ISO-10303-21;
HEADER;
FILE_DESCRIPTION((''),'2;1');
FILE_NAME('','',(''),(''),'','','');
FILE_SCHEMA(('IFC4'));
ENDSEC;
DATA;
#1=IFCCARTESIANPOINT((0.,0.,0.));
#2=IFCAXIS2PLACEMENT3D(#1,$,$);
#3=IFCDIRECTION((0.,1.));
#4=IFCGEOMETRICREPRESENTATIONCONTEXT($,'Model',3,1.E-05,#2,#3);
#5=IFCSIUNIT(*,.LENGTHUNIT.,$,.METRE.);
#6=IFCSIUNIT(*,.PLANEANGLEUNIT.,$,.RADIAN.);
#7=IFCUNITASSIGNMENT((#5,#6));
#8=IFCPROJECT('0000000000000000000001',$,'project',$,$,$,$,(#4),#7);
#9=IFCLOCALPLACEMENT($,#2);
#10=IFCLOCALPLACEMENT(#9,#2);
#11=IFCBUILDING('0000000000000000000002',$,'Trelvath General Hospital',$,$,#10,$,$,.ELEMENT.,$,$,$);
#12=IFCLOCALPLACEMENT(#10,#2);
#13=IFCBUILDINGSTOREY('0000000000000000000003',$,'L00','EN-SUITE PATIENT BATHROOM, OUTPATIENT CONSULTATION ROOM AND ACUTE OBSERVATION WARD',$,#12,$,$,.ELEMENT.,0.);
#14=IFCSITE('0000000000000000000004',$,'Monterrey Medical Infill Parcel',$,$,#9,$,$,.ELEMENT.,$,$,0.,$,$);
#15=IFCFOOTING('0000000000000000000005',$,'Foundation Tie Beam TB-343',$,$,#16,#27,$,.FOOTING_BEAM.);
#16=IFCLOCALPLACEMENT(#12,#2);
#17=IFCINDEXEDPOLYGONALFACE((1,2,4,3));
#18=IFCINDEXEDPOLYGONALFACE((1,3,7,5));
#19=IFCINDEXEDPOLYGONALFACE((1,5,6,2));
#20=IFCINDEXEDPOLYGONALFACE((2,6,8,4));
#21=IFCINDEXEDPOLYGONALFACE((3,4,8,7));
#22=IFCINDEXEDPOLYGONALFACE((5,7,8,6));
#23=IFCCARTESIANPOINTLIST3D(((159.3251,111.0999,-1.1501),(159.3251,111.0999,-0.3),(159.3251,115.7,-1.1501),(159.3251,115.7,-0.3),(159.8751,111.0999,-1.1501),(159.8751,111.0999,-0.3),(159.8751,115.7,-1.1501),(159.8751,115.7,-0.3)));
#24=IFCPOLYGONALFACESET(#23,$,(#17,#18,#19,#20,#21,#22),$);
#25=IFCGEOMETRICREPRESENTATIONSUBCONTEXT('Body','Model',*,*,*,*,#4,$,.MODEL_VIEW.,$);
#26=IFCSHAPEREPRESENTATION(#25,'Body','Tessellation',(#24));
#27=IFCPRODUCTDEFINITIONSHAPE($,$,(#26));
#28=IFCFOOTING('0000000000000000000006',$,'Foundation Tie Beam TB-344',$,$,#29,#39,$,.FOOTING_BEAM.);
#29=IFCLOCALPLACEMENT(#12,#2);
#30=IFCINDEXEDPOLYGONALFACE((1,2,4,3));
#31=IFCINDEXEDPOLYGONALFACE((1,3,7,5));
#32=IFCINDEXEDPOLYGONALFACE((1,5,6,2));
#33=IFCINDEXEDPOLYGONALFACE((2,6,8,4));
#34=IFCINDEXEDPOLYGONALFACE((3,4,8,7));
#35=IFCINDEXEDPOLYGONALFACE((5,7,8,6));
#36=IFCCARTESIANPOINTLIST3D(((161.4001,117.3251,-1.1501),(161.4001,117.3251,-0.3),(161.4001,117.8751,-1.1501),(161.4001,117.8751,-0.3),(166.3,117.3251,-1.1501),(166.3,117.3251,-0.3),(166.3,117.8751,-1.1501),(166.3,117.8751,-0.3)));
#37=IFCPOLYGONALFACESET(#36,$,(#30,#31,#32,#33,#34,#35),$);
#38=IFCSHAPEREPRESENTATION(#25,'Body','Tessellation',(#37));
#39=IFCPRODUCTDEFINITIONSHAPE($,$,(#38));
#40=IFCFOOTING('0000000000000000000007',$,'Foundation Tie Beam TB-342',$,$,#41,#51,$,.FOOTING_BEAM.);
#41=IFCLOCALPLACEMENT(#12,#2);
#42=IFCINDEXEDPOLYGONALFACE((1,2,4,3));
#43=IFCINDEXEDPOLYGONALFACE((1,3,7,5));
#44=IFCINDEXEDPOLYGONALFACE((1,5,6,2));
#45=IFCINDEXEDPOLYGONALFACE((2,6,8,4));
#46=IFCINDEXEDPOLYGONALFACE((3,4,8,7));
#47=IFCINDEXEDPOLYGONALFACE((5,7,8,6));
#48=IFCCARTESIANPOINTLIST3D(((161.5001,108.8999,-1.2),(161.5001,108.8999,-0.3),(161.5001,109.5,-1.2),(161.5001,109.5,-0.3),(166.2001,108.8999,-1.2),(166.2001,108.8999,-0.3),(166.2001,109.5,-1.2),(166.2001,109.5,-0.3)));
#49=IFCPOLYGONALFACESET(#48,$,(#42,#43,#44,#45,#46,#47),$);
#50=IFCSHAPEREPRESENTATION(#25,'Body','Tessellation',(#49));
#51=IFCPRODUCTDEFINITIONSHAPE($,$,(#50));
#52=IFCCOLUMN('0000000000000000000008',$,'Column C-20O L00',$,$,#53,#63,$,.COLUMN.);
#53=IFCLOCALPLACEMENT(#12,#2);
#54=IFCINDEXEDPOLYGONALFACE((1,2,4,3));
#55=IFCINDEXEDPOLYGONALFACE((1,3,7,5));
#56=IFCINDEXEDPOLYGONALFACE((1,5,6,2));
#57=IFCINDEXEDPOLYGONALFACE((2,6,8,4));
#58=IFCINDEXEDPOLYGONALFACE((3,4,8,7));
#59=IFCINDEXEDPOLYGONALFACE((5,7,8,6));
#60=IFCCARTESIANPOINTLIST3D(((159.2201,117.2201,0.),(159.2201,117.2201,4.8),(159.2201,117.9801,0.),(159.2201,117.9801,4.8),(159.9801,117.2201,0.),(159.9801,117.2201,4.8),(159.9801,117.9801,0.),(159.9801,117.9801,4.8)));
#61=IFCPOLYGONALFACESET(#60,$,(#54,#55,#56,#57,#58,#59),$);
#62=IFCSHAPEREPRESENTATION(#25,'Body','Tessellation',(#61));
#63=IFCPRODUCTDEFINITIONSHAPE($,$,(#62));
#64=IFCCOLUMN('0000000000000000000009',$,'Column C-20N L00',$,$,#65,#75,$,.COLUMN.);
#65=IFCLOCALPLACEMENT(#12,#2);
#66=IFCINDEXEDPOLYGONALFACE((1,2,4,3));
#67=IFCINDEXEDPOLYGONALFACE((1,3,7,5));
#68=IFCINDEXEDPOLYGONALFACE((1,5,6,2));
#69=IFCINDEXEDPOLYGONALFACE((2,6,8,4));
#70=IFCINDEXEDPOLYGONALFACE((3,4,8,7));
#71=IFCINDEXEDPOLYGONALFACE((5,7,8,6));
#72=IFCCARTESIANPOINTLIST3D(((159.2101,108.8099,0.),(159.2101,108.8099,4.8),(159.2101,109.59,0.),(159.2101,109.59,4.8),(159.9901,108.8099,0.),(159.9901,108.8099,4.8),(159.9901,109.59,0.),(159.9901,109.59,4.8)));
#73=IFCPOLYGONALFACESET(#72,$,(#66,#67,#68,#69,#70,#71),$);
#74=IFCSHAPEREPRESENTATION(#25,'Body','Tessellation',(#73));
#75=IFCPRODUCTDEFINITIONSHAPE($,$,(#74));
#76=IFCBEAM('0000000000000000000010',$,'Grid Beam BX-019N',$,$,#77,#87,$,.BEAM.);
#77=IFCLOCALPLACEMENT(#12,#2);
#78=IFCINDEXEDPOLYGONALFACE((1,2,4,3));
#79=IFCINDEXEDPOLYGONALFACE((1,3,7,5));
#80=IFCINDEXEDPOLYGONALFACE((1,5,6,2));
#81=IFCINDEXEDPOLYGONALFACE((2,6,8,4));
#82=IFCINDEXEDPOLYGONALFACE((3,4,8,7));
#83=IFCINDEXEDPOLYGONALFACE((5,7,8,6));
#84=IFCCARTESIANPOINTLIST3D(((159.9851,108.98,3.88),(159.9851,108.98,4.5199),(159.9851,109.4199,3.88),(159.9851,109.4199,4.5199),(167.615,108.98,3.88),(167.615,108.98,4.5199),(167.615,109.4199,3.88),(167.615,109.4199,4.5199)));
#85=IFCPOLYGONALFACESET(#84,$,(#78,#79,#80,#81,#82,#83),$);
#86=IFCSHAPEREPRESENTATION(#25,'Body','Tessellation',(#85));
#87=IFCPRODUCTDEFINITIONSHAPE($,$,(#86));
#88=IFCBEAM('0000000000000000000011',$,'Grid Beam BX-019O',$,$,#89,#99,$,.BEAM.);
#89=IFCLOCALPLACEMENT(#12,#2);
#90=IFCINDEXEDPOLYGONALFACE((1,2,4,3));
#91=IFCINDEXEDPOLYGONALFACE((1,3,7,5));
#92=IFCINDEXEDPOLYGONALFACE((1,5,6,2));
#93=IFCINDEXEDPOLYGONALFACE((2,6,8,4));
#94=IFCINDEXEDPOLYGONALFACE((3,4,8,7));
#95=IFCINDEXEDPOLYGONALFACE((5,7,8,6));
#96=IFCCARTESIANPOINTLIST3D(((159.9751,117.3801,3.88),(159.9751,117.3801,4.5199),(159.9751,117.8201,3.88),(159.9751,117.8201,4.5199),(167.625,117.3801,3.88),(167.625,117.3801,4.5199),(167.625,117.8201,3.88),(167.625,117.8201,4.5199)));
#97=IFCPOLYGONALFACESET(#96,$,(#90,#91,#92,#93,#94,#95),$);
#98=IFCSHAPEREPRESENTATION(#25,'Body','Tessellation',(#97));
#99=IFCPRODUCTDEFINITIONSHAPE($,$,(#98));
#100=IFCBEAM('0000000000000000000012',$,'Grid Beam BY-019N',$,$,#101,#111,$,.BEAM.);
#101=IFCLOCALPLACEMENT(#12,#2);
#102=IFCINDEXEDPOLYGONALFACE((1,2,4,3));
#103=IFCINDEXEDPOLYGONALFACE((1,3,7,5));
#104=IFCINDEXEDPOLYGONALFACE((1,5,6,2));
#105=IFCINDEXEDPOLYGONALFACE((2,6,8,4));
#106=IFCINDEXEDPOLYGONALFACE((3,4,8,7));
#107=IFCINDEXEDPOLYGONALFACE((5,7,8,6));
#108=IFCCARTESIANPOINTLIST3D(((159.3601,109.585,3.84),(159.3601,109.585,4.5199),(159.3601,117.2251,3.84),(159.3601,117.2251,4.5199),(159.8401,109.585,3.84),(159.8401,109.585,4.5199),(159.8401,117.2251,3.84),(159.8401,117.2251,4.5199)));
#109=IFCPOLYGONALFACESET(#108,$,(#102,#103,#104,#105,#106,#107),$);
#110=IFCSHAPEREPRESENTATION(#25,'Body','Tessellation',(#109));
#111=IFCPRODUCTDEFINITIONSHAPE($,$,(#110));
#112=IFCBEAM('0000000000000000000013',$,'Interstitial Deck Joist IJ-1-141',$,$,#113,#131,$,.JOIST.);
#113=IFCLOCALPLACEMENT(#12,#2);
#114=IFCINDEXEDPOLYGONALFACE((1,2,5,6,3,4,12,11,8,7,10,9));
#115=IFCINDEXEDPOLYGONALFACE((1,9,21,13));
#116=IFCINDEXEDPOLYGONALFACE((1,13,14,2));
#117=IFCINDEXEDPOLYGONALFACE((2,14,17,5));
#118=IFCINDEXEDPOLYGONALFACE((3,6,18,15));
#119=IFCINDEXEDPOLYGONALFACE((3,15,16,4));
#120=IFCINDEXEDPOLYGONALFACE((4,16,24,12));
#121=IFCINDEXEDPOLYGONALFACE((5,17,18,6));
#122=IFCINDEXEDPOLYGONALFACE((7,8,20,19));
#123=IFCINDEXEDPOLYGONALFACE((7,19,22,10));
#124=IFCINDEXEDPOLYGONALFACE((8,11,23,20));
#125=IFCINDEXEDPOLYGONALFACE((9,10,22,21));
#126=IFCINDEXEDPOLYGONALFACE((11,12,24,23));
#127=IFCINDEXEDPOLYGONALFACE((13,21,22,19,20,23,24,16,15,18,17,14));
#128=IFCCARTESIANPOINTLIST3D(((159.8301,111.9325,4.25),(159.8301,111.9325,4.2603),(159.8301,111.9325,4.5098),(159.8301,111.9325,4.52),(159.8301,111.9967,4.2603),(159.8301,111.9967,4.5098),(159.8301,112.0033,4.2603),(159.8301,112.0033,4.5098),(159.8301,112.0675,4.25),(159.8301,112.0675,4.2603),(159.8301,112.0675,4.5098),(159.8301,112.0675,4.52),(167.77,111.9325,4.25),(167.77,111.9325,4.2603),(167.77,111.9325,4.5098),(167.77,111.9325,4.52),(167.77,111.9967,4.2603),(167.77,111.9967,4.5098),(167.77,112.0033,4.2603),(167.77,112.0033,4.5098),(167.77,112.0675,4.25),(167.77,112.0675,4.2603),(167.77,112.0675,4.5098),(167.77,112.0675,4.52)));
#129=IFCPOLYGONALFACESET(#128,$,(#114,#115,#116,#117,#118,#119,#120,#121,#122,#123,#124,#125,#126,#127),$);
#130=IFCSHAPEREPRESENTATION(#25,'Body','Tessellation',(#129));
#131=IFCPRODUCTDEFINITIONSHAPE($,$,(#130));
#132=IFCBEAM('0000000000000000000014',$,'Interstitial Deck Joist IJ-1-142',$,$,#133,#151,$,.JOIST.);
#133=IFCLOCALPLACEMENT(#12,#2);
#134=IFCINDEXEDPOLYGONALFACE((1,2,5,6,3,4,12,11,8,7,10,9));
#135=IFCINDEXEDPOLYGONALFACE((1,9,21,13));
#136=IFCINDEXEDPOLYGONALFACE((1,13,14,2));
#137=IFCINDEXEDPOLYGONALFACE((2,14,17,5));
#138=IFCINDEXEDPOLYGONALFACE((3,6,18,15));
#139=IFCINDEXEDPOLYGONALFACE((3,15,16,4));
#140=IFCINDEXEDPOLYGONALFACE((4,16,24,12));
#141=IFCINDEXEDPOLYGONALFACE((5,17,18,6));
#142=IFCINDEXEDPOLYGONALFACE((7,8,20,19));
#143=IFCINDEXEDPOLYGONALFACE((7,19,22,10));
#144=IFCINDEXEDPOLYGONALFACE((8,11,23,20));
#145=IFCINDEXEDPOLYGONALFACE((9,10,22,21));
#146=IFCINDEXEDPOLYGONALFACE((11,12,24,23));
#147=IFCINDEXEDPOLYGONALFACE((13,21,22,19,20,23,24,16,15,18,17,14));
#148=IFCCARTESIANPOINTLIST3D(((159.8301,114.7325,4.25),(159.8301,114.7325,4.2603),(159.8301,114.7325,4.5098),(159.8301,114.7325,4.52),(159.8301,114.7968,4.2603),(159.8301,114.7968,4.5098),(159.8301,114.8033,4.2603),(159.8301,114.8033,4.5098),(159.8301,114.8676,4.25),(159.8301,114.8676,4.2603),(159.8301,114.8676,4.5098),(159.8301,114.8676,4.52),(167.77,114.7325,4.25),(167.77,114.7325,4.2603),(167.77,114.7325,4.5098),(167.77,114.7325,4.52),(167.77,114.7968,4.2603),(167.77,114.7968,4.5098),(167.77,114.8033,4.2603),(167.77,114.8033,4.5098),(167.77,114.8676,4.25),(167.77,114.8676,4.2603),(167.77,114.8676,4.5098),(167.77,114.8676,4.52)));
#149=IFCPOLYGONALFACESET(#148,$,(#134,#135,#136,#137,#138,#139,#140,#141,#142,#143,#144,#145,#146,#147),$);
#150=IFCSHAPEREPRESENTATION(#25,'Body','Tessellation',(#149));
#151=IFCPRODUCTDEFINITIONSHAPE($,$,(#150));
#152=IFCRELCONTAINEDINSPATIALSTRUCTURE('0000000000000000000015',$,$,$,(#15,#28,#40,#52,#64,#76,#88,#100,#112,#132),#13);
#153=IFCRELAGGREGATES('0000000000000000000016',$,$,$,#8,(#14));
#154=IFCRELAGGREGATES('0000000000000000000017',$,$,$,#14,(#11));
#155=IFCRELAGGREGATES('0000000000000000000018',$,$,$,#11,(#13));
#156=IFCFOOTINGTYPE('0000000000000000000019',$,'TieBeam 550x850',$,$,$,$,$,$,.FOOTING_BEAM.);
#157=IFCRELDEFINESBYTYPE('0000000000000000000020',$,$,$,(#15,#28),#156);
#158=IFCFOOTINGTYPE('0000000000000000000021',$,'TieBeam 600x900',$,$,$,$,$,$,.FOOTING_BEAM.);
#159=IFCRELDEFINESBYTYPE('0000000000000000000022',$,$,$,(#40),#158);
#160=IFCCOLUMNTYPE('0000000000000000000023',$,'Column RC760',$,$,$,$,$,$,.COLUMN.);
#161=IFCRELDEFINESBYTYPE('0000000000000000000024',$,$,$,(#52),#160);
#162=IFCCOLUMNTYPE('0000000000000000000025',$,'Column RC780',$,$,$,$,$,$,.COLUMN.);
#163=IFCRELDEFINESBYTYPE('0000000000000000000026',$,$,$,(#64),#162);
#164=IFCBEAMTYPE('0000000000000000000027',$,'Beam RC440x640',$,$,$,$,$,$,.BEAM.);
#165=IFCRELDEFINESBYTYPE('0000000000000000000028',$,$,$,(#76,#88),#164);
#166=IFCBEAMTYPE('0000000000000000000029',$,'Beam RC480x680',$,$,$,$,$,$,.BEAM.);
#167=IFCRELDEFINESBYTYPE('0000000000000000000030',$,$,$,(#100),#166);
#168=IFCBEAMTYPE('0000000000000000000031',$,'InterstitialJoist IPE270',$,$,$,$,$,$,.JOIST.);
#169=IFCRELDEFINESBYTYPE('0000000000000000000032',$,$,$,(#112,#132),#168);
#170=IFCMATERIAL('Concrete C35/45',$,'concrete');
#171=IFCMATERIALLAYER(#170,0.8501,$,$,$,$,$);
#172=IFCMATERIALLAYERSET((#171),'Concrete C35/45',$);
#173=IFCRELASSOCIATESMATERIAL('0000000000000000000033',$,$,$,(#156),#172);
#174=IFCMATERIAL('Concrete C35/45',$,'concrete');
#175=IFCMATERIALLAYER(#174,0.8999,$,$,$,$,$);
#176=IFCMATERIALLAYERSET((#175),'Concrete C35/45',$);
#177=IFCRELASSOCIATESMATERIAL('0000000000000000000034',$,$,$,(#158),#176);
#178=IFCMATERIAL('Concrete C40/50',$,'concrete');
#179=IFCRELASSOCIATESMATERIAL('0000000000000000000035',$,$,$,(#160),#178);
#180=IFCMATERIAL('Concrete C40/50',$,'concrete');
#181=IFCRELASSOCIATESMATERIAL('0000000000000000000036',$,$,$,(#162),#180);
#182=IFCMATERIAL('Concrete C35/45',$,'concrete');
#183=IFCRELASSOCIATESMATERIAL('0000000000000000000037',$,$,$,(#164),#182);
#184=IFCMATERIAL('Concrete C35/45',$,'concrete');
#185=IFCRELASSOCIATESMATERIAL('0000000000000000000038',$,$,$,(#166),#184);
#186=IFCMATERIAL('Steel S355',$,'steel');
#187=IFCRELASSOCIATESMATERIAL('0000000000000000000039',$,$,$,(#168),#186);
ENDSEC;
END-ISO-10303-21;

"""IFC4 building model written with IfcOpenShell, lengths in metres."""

from ifc_helpers import new_model, si_unit, direction, frame, origin, origin_2d, place, context, subcontext, project, spatial, rectangle, i_section, extrude, material, layer, layer_set, material_profile, profile_set, type_object, element, save


model = new_model("IFC4")

# Units and contexts
model_context = context("Model", 3, precision=1e-05, world=origin(), true_north=direction((0.0, 1.0)))
body_context = subcontext(model_context, "Body", "Model", "MODEL_VIEW")
ifc_project = project(units=[si_unit("LENGTHUNIT", "METRE"), si_unit("PLANEANGLEUNIT", "RADIAN")], contexts=[model_context])

# Site, building, storey
site_placement = place(None, origin())
site = spatial("IfcSite", under=ifc_project, at=site_placement, Name="Monterrey Medical Infill Parcel", CompositionType="ELEMENT", RefElevation=0.0)
building_placement = place(site_placement, origin())
building = spatial("IfcBuilding", under=site, at=building_placement, Name="Trelvath General Hospital", CompositionType="ELEMENT")
storey_placement = place(building_placement, origin())
storey = spatial("IfcBuildingStorey", under=building, at=storey_placement, Name="L00", Description="EN-SUITE PATIENT BATHROOM, OUTPATIENT CONSULTATION ROOM AND ACUTE OBSERVATION WARD", CompositionType="ELEMENT", Elevation=0.0)

# Footings
ifc_material_1 = material(Name="Concrete C35/45", Category="concrete")
ifc_layer_1 = layer(ifc_material_1, 0.8501)
ifc_layer_set_1 = layer_set([ifc_layer_1], Name="Concrete C35/45")
footing_type_1 = type_object("IfcFootingType", Name="TieBeam 550x850", PredefinedType="FOOTING_BEAM", material=ifc_layer_set_1)
footing_1_placement = place(storey_placement, frame((159.6001, 113.3999, -1.1501), z_axis=(0.0, 0.0, 1.0), x_axis=(1.0, 0.0, 0.0)))
element("IfcFooting", 1, at=footing_1_placement, inside=storey, type_object=footing_type_1, Name="Foundation Tie Beam TB-343", PredefinedType="FOOTING_BEAM", context=body_context, shape_type="SweptSolid", body=[
    extrude(rectangle(XDim=0.55, YDim=4.6001, at=origin_2d()), origin(), (0.0, 0.0, 1.0), 0.8501),
])
footing_2_placement = place(storey_placement, frame((163.8501, 117.6001, -1.1501), z_axis=(0.0, 0.0, 1.0), x_axis=(1.0, 0.0, 0.0)))
element("IfcFooting", 2, at=footing_2_placement, inside=storey, type_object=footing_type_1, Name="Foundation Tie Beam TB-344", PredefinedType="FOOTING_BEAM", context=body_context, shape_type="SweptSolid", body=[
    extrude(rectangle(XDim=4.8999, YDim=0.55, at=origin_2d()), origin(), (0.0, 0.0, 1.0), 0.8501),
])
ifc_material_2 = material(Name="Concrete C35/45", Category="concrete")
ifc_layer_2 = layer(ifc_material_2, 0.8999)
ifc_layer_set_2 = layer_set([ifc_layer_2], Name="Concrete C35/45")
footing_type_2 = type_object("IfcFootingType", Name="TieBeam 600x900", PredefinedType="FOOTING_BEAM", material=ifc_layer_set_2)
footing_3_placement = place(storey_placement, frame((163.8501, 109.2, -1.2), z_axis=(0.0, 0.0, 1.0), x_axis=(1.0, 0.0, 0.0)))
element("IfcFooting", 3, at=footing_3_placement, inside=storey, type_object=footing_type_2, Name="Foundation Tie Beam TB-342", PredefinedType="FOOTING_BEAM", context=body_context, shape_type="SweptSolid", body=[
    extrude(rectangle(XDim=4.7, YDim=0.6001, at=origin_2d()), origin(), (0.0, 0.0, 1.0), 0.8999),
])

# Columns
ifc_material_3 = material(Name="Concrete C40/50", Category="concrete")
ifc_material_profile_1 = material_profile(ifc_material_3, rectangle(XDim=0.76, YDim=0.76, at=origin_2d()), Name="RC760x760")
ifc_profile_set_1 = profile_set([ifc_material_profile_1], Name="Concrete C40/50")
column_type_1 = type_object("IfcColumnType", Name="Column RC760", PredefinedType="COLUMN", material=ifc_profile_set_1)
column_1_placement = place(storey_placement, frame((159.6001, 117.6001, 0.0), z_axis=(0.0, 0.0, 1.0), x_axis=(1.0, 0.0, 0.0)))
element("IfcColumn", 4, at=column_1_placement, inside=storey, type_object=column_type_1, Name="Column C-20O L00", PredefinedType="COLUMN", context=body_context, shape_type="SweptSolid", body=[
    extrude(rectangle(XDim=0.76, YDim=0.76, at=origin_2d()), origin(), (0.0, 0.0, 1.0), 4.8),
])
ifc_material_4 = material(Name="Concrete C40/50", Category="concrete")
ifc_material_profile_2 = material_profile(ifc_material_4, rectangle(XDim=0.78, YDim=0.78, at=origin_2d()), Name="RC780x780")
ifc_profile_set_2 = profile_set([ifc_material_profile_2], Name="Concrete C40/50")
column_type_2 = type_object("IfcColumnType", Name="Column RC780", PredefinedType="COLUMN", material=ifc_profile_set_2)
column_2_placement = place(storey_placement, frame((159.6001, 109.2, 0.0), z_axis=(0.0, 0.0, 1.0), x_axis=(1.0, 0.0, 0.0)))
element("IfcColumn", 5, at=column_2_placement, inside=storey, type_object=column_type_2, Name="Column C-20N L00", PredefinedType="COLUMN", context=body_context, shape_type="SweptSolid", body=[
    extrude(rectangle(XDim=0.78, YDim=0.78, at=origin_2d()), origin(), (0.0, 0.0, 1.0), 4.8),
])

# Beams
ifc_material_5 = material(Name="Concrete C35/45", Category="concrete")
ifc_material_profile_3 = material_profile(ifc_material_5, rectangle(XDim=0.4399, YDim=0.6399, at=origin_2d()), Name="RCB440x640")
ifc_profile_set_3 = profile_set([ifc_material_profile_3], Name="Concrete C35/45")
beam_type_1 = type_object("IfcBeamType", Name="Beam RC440x640", PredefinedType="BEAM", material=ifc_profile_set_3)
beam_1_placement = place(storey_placement, frame((159.9851, 109.2, 4.2), z_axis=(1.0, 0.0, 0.0), x_axis=(0.0, 1.0, 0.0)))
element("IfcBeam", 6, at=beam_1_placement, inside=storey, type_object=beam_type_1, Name="Grid Beam BX-019N", PredefinedType="BEAM", context=body_context, shape_type="SweptSolid", body=[
    extrude(rectangle(XDim=0.4399, YDim=0.6399, at=origin_2d()), origin(), (0.0, 0.0, 1.0), 7.6299),
])
beam_2_placement = place(storey_placement, frame((159.9751, 117.6001, 4.2), z_axis=(1.0, 0.0, 0.0), x_axis=(0.0, 1.0, 0.0)))
element("IfcBeam", 7, at=beam_2_placement, inside=storey, type_object=beam_type_1, Name="Grid Beam BX-019O", PredefinedType="BEAM", context=body_context, shape_type="SweptSolid", body=[
    extrude(rectangle(XDim=0.4399, YDim=0.6399, at=origin_2d()), origin(), (0.0, 0.0, 1.0), 7.6499),
])
ifc_material_6 = material(Name="Concrete C35/45", Category="concrete")
ifc_material_profile_4 = material_profile(ifc_material_6, rectangle(XDim=0.48, YDim=0.6799, at=origin_2d()), Name="RCB480x680")
ifc_profile_set_4 = profile_set([ifc_material_profile_4], Name="Concrete C35/45")
beam_type_2 = type_object("IfcBeamType", Name="Beam RC480x680", PredefinedType="BEAM", material=ifc_profile_set_4)
beam_3_placement = place(storey_placement, frame((159.6001, 109.585, 4.1799), z_axis=(0.0, 1.0, 0.0), x_axis=(-1.0, 0.0, 0.0)))
element("IfcBeam", 8, at=beam_3_placement, inside=storey, type_object=beam_type_2, Name="Grid Beam BY-019N", PredefinedType="BEAM", context=body_context, shape_type="SweptSolid", body=[
    extrude(rectangle(XDim=0.48, YDim=0.6799, at=origin_2d()), origin(), (0.0, 0.0, 1.0), 7.6401),
])
ifc_material_7 = material(Name="Steel S355", Category="steel")
ifc_material_profile_5 = material_profile(ifc_material_7, i_section(OverallWidth=0.135, OverallDepth=0.27, WebThickness=0.0066, FlangeThickness=0.0103, at=origin_2d()), Name="IPE270")
ifc_profile_set_5 = profile_set([ifc_material_profile_5], Name="Steel S355")
beam_type_3 = type_object("IfcBeamType", Name="InterstitialJoist IPE270", PredefinedType="JOIST", material=ifc_profile_set_5)
for number, where, z_axis, x_axis, name in (
    (9, (159.8301, 112.0, 4.385), (1.0, 0.0, 0.0), (0.0, 1.0, 0.0), "Interstitial Deck Joist IJ-1-141"),
    (10, (159.8301, 114.8, 4.385), (1.0, 0.0, 0.0), (0.0, 1.0, 0.0), "Interstitial Deck Joist IJ-1-142"),
):
    element("IfcBeam", number, at=place(storey_placement, frame(where, z_axis=z_axis, x_axis=x_axis)), inside=storey, type_object=beam_type_3, Name=name, PredefinedType="JOIST", context=body_context, shape_type="SweptSolid", body=[
        extrude(i_section(OverallWidth=0.135, OverallDepth=0.27, WebThickness=0.0066, FlangeThickness=0.0103, at=origin_2d()), origin(), (0.0, 0.0, 1.0), 7.9399),
    ])

save(model, "model.ifc")
